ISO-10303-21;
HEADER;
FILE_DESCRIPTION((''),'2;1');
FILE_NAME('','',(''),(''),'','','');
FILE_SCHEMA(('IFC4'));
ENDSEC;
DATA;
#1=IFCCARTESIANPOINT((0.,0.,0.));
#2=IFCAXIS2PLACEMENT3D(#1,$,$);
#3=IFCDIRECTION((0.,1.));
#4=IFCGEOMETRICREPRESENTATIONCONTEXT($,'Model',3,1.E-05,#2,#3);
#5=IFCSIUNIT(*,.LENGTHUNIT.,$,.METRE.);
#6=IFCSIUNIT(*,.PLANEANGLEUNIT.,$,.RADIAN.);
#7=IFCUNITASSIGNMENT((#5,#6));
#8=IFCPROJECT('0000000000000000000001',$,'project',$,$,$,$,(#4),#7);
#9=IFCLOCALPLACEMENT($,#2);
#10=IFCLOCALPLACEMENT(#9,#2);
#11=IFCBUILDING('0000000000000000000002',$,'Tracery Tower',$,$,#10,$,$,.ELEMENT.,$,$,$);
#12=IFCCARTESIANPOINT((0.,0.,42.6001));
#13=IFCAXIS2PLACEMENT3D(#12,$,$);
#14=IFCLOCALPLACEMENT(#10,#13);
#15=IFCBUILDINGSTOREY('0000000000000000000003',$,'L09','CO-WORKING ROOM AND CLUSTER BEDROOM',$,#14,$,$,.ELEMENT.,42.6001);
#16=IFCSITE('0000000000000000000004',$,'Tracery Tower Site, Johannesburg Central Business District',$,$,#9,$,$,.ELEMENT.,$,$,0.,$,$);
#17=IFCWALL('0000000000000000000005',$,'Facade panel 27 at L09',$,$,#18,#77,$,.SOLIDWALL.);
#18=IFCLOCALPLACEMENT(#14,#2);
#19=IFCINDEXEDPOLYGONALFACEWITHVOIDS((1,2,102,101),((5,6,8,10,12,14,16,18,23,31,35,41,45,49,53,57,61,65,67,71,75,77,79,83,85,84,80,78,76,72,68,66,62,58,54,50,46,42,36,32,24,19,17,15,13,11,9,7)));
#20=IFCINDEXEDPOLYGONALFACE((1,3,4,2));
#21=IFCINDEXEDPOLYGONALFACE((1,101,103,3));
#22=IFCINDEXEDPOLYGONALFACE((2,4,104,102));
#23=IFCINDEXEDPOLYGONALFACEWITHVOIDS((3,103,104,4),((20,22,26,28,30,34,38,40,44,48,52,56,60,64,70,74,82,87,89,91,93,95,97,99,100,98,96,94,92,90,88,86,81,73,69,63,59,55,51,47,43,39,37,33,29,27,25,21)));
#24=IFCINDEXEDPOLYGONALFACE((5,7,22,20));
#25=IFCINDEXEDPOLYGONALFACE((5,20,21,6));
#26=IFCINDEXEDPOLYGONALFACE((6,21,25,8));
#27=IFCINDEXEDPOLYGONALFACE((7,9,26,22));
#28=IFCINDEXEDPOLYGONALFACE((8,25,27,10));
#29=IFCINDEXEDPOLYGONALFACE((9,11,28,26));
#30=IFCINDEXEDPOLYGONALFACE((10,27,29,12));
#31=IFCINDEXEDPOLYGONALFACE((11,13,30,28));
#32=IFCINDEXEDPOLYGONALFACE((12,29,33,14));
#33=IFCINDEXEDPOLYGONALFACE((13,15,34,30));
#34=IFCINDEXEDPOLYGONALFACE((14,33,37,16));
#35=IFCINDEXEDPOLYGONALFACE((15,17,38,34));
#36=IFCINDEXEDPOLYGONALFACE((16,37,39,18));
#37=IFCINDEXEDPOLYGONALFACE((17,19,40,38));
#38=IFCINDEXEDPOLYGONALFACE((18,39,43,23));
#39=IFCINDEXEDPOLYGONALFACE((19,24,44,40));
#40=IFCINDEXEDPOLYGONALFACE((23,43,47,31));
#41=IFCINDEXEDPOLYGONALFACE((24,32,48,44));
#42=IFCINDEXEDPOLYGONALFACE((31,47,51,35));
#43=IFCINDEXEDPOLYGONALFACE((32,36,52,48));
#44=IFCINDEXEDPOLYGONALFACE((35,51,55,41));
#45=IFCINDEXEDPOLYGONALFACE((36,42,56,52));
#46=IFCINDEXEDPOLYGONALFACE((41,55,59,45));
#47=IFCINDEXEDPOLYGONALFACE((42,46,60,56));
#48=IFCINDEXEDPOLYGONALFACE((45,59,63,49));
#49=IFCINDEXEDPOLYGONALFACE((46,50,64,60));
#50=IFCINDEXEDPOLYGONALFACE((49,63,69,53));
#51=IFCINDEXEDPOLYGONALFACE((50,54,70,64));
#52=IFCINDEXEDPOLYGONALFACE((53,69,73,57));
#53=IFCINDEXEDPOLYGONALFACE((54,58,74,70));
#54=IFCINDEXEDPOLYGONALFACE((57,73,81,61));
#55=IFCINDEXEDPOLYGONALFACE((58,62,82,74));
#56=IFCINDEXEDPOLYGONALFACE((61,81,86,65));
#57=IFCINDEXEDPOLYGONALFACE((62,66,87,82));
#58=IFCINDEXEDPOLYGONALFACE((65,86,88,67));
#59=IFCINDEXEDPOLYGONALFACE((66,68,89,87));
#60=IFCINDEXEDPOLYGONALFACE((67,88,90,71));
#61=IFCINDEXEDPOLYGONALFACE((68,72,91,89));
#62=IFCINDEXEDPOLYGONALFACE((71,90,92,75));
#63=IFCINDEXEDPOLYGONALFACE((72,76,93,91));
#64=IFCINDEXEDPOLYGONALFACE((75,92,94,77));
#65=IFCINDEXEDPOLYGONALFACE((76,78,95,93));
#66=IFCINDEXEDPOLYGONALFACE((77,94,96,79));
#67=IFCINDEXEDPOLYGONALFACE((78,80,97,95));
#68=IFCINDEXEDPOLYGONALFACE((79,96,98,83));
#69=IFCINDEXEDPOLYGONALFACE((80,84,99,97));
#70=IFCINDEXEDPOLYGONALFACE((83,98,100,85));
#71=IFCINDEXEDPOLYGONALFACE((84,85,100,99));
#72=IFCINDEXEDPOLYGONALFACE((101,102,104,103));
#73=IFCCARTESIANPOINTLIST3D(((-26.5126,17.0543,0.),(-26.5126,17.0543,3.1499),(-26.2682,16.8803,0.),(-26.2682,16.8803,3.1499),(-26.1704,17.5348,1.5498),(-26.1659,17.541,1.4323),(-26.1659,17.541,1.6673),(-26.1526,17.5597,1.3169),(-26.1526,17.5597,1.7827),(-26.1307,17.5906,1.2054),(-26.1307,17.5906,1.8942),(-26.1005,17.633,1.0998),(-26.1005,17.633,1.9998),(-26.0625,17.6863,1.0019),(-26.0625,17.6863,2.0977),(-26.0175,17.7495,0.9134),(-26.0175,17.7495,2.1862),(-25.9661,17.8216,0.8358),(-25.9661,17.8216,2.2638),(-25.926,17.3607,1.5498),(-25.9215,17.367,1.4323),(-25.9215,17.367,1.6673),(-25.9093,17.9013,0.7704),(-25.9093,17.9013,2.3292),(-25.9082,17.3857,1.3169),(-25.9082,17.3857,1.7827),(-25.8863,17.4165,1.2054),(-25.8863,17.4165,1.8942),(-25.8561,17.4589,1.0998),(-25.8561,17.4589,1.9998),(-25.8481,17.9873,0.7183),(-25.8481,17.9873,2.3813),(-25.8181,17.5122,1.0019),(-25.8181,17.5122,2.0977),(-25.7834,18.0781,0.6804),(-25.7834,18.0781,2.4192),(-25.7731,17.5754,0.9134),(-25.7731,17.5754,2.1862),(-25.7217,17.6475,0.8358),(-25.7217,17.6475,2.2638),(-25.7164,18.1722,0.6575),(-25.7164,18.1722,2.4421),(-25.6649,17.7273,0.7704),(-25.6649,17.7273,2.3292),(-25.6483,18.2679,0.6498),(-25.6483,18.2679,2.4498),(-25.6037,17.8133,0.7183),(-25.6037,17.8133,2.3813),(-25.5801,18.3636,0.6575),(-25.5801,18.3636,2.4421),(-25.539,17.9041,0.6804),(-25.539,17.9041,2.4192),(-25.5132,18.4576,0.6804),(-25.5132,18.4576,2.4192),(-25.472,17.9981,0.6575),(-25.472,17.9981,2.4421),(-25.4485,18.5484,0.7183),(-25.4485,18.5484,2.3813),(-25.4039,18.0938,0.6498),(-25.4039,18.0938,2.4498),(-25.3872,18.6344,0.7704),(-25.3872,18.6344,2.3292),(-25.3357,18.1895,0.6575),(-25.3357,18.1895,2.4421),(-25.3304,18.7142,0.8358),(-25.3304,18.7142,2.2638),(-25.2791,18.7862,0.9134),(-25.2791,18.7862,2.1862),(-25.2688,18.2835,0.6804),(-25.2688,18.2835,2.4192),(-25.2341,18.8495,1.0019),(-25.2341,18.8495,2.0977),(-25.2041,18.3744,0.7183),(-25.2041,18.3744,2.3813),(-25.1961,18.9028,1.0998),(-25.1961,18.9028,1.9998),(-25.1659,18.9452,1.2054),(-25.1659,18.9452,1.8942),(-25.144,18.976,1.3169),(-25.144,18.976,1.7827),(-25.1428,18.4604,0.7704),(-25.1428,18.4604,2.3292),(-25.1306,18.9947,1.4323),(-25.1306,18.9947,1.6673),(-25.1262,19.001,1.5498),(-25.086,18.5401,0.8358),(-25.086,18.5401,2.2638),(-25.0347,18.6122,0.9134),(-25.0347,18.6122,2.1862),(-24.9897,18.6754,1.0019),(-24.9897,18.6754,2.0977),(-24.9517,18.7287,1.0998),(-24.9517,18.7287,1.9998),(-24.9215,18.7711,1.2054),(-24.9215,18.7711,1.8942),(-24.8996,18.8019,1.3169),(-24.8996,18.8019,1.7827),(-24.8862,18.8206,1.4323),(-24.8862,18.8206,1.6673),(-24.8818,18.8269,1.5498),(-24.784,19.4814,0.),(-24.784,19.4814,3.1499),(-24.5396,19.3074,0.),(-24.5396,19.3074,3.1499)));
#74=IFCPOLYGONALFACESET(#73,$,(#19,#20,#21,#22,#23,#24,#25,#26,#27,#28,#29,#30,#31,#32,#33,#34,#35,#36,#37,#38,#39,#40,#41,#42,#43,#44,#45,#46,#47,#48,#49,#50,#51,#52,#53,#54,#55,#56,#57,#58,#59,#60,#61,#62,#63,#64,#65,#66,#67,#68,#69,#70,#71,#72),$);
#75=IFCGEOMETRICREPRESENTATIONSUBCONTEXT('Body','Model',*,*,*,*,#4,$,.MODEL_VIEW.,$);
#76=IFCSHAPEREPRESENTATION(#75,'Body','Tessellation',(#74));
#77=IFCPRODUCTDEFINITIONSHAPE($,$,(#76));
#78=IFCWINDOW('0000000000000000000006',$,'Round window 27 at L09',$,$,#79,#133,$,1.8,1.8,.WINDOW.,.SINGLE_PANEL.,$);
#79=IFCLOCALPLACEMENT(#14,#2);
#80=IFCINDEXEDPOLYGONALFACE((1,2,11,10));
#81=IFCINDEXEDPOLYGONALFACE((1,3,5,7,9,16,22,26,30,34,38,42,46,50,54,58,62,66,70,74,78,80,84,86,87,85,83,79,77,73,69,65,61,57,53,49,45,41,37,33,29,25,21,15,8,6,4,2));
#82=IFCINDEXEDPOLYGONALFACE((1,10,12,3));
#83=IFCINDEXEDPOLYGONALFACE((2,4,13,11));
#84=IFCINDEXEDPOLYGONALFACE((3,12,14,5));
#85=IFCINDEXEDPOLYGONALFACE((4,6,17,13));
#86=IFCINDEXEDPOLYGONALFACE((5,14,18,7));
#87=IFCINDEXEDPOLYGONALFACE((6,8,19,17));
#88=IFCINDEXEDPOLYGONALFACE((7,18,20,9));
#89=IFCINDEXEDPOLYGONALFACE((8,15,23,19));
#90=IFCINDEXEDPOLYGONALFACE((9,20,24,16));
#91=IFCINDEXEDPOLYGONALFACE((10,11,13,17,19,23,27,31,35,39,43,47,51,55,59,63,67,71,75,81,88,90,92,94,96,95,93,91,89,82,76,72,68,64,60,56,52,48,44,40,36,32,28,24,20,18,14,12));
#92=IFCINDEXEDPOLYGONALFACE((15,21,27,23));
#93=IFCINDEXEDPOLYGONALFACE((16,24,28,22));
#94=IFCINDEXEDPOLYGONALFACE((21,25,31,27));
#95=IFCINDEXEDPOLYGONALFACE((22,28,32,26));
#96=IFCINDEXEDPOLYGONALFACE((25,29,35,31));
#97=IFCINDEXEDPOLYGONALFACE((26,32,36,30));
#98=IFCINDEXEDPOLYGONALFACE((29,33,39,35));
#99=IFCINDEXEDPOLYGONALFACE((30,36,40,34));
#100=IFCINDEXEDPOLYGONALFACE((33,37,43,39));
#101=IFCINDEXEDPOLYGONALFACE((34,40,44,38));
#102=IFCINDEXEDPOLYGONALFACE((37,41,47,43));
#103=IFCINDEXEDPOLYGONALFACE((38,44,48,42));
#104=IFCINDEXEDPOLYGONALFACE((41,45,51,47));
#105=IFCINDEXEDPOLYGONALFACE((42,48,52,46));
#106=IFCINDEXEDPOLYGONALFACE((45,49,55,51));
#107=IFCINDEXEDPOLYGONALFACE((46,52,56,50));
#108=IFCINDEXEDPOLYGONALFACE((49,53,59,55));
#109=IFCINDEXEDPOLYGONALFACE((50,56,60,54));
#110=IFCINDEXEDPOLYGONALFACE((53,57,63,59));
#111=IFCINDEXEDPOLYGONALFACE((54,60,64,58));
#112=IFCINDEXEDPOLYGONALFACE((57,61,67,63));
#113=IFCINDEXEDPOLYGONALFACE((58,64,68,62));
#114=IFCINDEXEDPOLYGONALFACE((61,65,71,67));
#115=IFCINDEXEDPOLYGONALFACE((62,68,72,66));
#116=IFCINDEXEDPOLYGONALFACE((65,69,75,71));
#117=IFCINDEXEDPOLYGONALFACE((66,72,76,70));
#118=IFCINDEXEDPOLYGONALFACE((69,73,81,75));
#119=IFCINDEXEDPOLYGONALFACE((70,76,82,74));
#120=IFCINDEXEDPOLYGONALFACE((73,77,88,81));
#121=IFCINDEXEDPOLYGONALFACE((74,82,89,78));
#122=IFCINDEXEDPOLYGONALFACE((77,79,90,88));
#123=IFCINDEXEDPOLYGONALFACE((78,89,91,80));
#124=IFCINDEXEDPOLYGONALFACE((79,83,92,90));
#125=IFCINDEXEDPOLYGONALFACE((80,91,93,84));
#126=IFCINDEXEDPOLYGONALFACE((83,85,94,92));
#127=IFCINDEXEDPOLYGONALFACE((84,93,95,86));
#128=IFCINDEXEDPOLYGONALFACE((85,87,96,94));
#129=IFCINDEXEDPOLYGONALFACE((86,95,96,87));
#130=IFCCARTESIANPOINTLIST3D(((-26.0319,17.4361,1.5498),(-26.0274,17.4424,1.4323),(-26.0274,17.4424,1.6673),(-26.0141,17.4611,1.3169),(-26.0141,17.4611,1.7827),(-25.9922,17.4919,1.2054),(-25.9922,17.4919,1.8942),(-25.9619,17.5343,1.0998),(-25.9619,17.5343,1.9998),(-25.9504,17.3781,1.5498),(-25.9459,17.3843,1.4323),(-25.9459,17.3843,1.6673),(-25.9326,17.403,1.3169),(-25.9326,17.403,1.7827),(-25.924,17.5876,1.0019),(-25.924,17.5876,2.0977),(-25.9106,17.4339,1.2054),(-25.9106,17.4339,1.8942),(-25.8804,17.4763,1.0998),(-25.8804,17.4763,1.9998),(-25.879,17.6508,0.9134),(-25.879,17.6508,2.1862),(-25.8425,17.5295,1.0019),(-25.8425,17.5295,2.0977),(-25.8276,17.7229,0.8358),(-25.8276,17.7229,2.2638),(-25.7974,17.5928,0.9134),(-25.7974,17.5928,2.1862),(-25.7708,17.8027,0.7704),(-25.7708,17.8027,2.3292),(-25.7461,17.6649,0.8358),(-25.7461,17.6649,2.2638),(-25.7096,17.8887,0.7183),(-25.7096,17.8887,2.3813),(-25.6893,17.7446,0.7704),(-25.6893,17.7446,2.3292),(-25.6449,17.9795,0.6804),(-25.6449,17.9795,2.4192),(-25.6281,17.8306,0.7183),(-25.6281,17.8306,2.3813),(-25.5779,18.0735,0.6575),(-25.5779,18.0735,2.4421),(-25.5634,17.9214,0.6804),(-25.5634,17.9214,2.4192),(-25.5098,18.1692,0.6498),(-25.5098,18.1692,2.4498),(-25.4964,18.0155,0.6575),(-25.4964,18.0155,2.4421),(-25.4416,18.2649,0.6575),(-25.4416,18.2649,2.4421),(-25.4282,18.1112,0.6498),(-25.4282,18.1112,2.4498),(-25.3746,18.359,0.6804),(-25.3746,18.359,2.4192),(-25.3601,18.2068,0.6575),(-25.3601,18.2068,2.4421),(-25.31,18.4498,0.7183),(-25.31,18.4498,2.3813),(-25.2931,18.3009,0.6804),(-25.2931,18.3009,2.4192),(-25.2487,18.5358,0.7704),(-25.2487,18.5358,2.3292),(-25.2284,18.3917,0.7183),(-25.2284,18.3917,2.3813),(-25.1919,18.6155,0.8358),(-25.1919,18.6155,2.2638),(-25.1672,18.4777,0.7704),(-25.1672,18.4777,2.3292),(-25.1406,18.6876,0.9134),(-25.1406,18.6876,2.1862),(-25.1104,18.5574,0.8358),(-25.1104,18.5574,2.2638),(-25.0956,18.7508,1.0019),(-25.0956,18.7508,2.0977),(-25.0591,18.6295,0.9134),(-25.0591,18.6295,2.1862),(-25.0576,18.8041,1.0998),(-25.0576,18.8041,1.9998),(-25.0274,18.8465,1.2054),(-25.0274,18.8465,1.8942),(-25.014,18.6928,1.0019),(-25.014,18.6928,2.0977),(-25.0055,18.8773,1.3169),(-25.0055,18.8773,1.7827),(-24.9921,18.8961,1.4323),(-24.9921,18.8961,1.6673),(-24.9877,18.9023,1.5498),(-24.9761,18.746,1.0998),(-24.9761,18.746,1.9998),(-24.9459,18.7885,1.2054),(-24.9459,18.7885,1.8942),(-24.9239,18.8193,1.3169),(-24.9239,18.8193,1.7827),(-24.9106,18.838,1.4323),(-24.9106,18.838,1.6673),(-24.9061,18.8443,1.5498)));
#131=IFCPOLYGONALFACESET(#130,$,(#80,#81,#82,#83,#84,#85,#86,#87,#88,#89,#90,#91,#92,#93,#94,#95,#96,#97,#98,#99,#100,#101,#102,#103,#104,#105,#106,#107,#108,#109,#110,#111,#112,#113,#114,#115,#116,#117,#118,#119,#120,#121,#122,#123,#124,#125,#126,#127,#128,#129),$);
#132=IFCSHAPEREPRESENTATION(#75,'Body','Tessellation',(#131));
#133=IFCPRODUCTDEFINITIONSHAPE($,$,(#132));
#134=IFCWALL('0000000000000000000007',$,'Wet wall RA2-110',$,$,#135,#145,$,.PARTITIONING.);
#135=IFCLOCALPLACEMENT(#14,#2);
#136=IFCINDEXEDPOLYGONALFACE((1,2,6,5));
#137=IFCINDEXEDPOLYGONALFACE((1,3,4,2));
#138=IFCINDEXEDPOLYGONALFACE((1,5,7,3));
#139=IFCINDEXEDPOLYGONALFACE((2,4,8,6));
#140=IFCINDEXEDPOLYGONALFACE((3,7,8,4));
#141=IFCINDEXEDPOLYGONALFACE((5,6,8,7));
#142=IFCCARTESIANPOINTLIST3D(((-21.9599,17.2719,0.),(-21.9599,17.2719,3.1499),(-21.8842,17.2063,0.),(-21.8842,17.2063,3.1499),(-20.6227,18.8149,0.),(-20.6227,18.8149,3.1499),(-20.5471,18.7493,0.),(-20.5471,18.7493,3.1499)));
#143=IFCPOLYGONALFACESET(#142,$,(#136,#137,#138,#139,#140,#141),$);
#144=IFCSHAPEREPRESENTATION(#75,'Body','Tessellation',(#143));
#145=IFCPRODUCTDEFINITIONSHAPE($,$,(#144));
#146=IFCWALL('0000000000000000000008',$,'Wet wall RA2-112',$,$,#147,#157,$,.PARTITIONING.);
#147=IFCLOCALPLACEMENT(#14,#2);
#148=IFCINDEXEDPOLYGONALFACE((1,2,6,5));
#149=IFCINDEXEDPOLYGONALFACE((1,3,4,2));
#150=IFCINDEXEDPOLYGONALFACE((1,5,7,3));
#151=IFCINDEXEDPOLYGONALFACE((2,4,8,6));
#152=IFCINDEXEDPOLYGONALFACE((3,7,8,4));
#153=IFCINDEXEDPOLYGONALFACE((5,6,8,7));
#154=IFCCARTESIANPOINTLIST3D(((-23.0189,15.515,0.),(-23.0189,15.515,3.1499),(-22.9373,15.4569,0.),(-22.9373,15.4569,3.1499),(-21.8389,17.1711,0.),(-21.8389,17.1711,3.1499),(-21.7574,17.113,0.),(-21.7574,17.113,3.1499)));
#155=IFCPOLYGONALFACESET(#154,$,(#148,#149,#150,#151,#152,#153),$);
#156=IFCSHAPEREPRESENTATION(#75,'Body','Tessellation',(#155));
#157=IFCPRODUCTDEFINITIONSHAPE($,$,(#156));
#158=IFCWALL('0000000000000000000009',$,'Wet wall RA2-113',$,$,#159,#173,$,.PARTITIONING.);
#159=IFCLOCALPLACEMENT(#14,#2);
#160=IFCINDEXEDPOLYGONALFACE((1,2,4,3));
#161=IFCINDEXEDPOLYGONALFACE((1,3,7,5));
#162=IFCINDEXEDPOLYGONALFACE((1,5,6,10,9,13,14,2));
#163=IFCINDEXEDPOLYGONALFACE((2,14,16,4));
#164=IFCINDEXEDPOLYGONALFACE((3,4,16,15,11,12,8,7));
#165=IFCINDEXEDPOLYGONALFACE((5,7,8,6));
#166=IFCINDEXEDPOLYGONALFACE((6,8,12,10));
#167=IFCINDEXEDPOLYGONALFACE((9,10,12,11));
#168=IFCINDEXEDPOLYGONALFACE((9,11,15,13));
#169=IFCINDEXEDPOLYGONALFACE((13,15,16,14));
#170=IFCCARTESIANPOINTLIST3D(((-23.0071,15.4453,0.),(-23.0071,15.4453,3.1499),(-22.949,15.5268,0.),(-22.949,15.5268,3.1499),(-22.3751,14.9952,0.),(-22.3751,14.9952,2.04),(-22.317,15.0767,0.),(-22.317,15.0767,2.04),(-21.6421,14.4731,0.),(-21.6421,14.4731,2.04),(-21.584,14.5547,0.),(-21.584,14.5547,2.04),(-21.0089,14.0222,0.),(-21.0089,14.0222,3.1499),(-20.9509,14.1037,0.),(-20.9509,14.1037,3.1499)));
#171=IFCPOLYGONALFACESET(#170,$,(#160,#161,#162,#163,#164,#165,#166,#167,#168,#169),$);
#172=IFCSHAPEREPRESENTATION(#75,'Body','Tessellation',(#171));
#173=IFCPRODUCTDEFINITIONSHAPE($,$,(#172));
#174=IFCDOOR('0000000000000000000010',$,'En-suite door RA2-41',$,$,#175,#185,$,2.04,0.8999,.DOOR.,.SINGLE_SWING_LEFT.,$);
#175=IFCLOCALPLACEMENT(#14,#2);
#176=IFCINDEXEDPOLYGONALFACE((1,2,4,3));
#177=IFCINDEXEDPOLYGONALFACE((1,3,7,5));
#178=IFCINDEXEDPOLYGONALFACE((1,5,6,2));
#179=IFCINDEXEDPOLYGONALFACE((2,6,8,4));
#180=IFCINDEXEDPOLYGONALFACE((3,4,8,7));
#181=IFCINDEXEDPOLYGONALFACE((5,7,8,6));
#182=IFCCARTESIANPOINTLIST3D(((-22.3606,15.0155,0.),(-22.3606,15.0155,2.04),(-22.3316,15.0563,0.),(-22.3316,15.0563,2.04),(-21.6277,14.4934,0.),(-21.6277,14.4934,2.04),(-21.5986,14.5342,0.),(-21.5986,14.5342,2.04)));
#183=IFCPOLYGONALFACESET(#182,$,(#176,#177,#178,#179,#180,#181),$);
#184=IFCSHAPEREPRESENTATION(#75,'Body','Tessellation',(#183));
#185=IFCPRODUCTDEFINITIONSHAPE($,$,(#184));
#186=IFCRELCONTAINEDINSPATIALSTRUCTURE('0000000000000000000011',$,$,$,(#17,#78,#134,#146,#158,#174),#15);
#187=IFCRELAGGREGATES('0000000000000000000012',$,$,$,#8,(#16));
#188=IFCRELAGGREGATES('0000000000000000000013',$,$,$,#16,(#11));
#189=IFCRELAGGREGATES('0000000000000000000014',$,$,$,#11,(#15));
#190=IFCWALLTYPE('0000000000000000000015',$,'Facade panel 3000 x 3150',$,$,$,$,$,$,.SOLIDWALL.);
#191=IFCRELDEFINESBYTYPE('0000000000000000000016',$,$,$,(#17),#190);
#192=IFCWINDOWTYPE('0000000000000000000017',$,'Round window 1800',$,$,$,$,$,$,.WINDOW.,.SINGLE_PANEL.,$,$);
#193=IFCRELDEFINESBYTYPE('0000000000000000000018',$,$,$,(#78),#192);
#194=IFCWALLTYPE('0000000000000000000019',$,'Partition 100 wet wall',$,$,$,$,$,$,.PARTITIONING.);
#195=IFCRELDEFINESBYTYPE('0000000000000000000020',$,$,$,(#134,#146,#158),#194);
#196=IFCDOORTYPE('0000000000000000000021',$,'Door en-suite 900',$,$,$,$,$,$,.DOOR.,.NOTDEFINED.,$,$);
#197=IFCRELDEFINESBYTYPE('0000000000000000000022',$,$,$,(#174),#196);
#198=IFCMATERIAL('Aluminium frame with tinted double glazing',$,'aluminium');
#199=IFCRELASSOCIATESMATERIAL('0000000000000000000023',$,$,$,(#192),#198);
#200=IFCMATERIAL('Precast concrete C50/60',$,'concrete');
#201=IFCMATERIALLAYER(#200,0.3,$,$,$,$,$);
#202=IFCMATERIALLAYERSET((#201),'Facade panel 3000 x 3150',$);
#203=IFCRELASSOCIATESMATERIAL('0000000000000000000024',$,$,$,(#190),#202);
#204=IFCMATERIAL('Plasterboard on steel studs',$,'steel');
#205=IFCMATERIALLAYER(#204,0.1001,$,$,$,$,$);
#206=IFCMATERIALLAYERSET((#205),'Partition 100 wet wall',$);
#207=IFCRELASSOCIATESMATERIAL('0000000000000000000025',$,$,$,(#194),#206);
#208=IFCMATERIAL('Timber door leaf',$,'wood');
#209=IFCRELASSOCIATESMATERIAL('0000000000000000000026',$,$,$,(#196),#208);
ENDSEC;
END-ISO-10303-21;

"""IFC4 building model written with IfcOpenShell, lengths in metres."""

from ifc_helpers import new_model, si_unit, direction, frame, frame_2d, origin, origin_2d, place, context, subcontext, project, spatial, rectangle, circle, extrude, material, layer, layer_set, type_object, element, fill, save


model = new_model("IFC4")

# Units and contexts
model_context = context("Model", 3, precision=1e-05, world=origin(), true_north=direction((0.0, 1.0)))
body_context = subcontext(model_context, "Body", "Model", "MODEL_VIEW")
ifc_project = project(units=[si_unit("LENGTHUNIT", "METRE"), si_unit("PLANEANGLEUNIT", "RADIAN")], contexts=[model_context])

# Site, building, storey
site_placement = place(None, origin())
site = spatial("IfcSite", under=ifc_project, at=site_placement, Name="Tracery Tower Site, Johannesburg Central Business District", CompositionType="ELEMENT", RefElevation=0.0)
building_placement = place(site_placement, origin())
building = spatial("IfcBuilding", under=site, at=building_placement, Name="Tracery Tower", CompositionType="ELEMENT")
storey_placement = place(building_placement, frame((0.0, 0.0, 42.6001)))
storey = spatial("IfcBuildingStorey", under=building, at=storey_placement, Name="L09", Description="CO-WORKING ROOM AND CLUSTER BEDROOM", CompositionType="ELEMENT", Elevation=42.6001)

# Wall, opening, window
ifc_material_1 = material(Name="Aluminium frame with tinted double glazing", Category="aluminium")
window_type = type_object("IfcWindowType", Name="Round window 1800", PartitioningType="SINGLE_PANEL", PredefinedType="WINDOW", material=ifc_material_1)
ifc_material_2 = material(Name="Precast concrete C50/60", Category="concrete")
ifc_layer_1 = layer(ifc_material_2, 0.3)
ifc_layer_set_1 = layer_set([ifc_layer_1], Name="Facade panel 3000 x 3150")
wall_type_1 = type_object("IfcWallType", Name="Facade panel 3000 x 3150", PredefinedType="SOLIDWALL", material=ifc_layer_set_1)
wall_1_placement = place(storey_placement, frame((-24.6619, 19.3943, 0.0), z_axis=(0.0, 0.0, 1.0), x_axis=(-0.580114, -0.814535, 0.0)))
wall_1 = element("IfcWall", 1, at=wall_1_placement, inside=storey, type_object=wall_type_1, Name="Facade panel 27 at L09", PredefinedType="SOLIDWALL", context=body_context, shape_type="SweptSolid", body=[
    extrude(rectangle(XDim=2.9797, YDim=0.3, at=frame_2d((1.4897, 0.0))), origin(), (0.0, 0.0, 1.0), 3.1499),
])
opening_1_placement = place(wall_1_placement, frame((1.4897, 0.0, 1.5498)))
opening_1 = element("IfcOpeningElement", 2, at=opening_1_placement, cuts=wall_1, PredefinedType="OPENING", context=body_context, shape_type="SweptSolid", body=[
    extrude(circle(Radius=0.9, at=origin_2d()), frame((0.0, 0.1599, 0.0), z_axis=(0.0, -1.0, 0.0), x_axis=(1.0, 0.0, 0.0)), (0.0, 0.0, 1.0), 0.3201),
])
window_1_placement = place(opening_1_placement, origin())
window_1 = element("IfcWindow", 3, at=window_1_placement, inside=storey, type_object=window_type, Name="Round window 27 at L09", OverallHeight=1.8, OverallWidth=1.8, PartitioningType="SINGLE_PANEL", PredefinedType="WINDOW", context=body_context, shape_type="SweptSolid", body=[
    extrude(circle(Radius=0.9, at=origin_2d()), frame((0.0, 0.1201, 0.0), z_axis=(0.0, -1.0, 0.0), x_axis=(1.0, 0.0, 0.0)), (0.0, 0.0, 1.0), 0.1001),
])
fill(opening_1, window_1)

# Walls
ifc_material_3 = material(Name="Plasterboard on steel studs", Category="steel")
ifc_layer_2 = layer(ifc_material_3, 0.1001)
ifc_layer_set_2 = layer_set([ifc_layer_2], Name="Partition 100 wet wall")
wall_type_2 = type_object("IfcWallType", Name="Partition 100 wet wall", PredefinedType="PARTITIONING", material=ifc_layer_set_2)
wall_2_placement = place(storey_placement, frame((-21.9221, 17.239, 0.0), z_axis=(0.0, 0.0, 1.0), x_axis=(0.654908, 0.755709, 0.0)))
element("IfcWall", 4, at=wall_2_placement, inside=storey, type_object=wall_type_2, Name="Wet wall RA2-110", PredefinedType="PARTITIONING", context=body_context, shape_type="SweptSolid", body=[
    extrude(rectangle(XDim=2.0417, YDim=0.1001, at=frame_2d((1.021, 0.0))), origin(), (0.0, 0.0, 1.0), 3.1499),
])
wall_3_placement = place(storey_placement, frame((-22.978, 15.4861, 0.0), z_axis=(0.0, 0.0, 1.0), x_axis=(0.580284, 0.814414, 0.0)))
element("IfcWall", 5, at=wall_3_placement, inside=storey, type_object=wall_type_2, Name="Wet wall RA2-112", PredefinedType="PARTITIONING", context=body_context, shape_type="SweptSolid", body=[
    extrude(rectangle(XDim=2.0334, YDim=0.1001, at=frame_2d((1.0166, 0.0))), origin(), (0.0, 0.0, 1.0), 3.1499),
])

# Wall, opening, door
wall_4_placement = place(storey_placement, frame((-22.978, 15.4861, 0.0), z_axis=(0.0, 0.0, 1.0), x_axis=(0.81452, -0.580136, 0.0)))
wall_4 = element("IfcWall", 6, at=wall_4_placement, inside=storey, type_object=wall_type_2, Name="Wet wall RA2-113", PredefinedType="PARTITIONING", context=body_context, shape_type="SweptSolid", body=[
    extrude(rectangle(XDim=2.4531, YDim=0.1001, at=frame_2d((1.2266, 0.0))), origin(), (0.0, 0.0, 1.0), 3.1499),
])
opening_2_placement = place(wall_4_placement, frame((0.7759, 0.0, 0.0)))
opening_2 = element("IfcOpeningElement", 7, at=opening_2_placement, cuts=wall_4, PredefinedType="OPENING", context=body_context, shape_type="SweptSolid", body=[
    extrude(rectangle(XDim=0.8999, YDim=2.04, at=frame_2d((0.45, 1.02))), frame((0.0, 0.05, 0.0), z_axis=(0.0, -1.0, 0.0), x_axis=(1.0, 0.0, 0.0)), (0.0, 0.0, 1.0), 0.1001),
])
ifc_material_4 = material(Name="Timber door leaf", Category="wood")
door_type = type_object("IfcDoorType", Name="Door en-suite 900", OperationType="NOTDEFINED", PredefinedType="DOOR", material=ifc_material_4)
door_placement = place(opening_2_placement, origin())
door = element("IfcDoor", 8, at=door_placement, inside=storey, type_object=door_type, Name="En-suite door RA2-41", OperationType="SINGLE_SWING_LEFT", OverallHeight=2.04, OverallWidth=0.8999, PredefinedType="DOOR", context=body_context, shape_type="SweptSolid", body=[
    extrude(rectangle(XDim=0.8999, YDim=2.04, at=frame_2d((0.45, 1.02))), frame((0.0, 0.0249, 0.0), z_axis=(0.0, -1.0, 0.0), x_axis=(1.0, 0.0, 0.0)), (0.0, 0.0, 1.0), 0.05),
])
fill(opening_2, door)

save(model, "model.ifc")
